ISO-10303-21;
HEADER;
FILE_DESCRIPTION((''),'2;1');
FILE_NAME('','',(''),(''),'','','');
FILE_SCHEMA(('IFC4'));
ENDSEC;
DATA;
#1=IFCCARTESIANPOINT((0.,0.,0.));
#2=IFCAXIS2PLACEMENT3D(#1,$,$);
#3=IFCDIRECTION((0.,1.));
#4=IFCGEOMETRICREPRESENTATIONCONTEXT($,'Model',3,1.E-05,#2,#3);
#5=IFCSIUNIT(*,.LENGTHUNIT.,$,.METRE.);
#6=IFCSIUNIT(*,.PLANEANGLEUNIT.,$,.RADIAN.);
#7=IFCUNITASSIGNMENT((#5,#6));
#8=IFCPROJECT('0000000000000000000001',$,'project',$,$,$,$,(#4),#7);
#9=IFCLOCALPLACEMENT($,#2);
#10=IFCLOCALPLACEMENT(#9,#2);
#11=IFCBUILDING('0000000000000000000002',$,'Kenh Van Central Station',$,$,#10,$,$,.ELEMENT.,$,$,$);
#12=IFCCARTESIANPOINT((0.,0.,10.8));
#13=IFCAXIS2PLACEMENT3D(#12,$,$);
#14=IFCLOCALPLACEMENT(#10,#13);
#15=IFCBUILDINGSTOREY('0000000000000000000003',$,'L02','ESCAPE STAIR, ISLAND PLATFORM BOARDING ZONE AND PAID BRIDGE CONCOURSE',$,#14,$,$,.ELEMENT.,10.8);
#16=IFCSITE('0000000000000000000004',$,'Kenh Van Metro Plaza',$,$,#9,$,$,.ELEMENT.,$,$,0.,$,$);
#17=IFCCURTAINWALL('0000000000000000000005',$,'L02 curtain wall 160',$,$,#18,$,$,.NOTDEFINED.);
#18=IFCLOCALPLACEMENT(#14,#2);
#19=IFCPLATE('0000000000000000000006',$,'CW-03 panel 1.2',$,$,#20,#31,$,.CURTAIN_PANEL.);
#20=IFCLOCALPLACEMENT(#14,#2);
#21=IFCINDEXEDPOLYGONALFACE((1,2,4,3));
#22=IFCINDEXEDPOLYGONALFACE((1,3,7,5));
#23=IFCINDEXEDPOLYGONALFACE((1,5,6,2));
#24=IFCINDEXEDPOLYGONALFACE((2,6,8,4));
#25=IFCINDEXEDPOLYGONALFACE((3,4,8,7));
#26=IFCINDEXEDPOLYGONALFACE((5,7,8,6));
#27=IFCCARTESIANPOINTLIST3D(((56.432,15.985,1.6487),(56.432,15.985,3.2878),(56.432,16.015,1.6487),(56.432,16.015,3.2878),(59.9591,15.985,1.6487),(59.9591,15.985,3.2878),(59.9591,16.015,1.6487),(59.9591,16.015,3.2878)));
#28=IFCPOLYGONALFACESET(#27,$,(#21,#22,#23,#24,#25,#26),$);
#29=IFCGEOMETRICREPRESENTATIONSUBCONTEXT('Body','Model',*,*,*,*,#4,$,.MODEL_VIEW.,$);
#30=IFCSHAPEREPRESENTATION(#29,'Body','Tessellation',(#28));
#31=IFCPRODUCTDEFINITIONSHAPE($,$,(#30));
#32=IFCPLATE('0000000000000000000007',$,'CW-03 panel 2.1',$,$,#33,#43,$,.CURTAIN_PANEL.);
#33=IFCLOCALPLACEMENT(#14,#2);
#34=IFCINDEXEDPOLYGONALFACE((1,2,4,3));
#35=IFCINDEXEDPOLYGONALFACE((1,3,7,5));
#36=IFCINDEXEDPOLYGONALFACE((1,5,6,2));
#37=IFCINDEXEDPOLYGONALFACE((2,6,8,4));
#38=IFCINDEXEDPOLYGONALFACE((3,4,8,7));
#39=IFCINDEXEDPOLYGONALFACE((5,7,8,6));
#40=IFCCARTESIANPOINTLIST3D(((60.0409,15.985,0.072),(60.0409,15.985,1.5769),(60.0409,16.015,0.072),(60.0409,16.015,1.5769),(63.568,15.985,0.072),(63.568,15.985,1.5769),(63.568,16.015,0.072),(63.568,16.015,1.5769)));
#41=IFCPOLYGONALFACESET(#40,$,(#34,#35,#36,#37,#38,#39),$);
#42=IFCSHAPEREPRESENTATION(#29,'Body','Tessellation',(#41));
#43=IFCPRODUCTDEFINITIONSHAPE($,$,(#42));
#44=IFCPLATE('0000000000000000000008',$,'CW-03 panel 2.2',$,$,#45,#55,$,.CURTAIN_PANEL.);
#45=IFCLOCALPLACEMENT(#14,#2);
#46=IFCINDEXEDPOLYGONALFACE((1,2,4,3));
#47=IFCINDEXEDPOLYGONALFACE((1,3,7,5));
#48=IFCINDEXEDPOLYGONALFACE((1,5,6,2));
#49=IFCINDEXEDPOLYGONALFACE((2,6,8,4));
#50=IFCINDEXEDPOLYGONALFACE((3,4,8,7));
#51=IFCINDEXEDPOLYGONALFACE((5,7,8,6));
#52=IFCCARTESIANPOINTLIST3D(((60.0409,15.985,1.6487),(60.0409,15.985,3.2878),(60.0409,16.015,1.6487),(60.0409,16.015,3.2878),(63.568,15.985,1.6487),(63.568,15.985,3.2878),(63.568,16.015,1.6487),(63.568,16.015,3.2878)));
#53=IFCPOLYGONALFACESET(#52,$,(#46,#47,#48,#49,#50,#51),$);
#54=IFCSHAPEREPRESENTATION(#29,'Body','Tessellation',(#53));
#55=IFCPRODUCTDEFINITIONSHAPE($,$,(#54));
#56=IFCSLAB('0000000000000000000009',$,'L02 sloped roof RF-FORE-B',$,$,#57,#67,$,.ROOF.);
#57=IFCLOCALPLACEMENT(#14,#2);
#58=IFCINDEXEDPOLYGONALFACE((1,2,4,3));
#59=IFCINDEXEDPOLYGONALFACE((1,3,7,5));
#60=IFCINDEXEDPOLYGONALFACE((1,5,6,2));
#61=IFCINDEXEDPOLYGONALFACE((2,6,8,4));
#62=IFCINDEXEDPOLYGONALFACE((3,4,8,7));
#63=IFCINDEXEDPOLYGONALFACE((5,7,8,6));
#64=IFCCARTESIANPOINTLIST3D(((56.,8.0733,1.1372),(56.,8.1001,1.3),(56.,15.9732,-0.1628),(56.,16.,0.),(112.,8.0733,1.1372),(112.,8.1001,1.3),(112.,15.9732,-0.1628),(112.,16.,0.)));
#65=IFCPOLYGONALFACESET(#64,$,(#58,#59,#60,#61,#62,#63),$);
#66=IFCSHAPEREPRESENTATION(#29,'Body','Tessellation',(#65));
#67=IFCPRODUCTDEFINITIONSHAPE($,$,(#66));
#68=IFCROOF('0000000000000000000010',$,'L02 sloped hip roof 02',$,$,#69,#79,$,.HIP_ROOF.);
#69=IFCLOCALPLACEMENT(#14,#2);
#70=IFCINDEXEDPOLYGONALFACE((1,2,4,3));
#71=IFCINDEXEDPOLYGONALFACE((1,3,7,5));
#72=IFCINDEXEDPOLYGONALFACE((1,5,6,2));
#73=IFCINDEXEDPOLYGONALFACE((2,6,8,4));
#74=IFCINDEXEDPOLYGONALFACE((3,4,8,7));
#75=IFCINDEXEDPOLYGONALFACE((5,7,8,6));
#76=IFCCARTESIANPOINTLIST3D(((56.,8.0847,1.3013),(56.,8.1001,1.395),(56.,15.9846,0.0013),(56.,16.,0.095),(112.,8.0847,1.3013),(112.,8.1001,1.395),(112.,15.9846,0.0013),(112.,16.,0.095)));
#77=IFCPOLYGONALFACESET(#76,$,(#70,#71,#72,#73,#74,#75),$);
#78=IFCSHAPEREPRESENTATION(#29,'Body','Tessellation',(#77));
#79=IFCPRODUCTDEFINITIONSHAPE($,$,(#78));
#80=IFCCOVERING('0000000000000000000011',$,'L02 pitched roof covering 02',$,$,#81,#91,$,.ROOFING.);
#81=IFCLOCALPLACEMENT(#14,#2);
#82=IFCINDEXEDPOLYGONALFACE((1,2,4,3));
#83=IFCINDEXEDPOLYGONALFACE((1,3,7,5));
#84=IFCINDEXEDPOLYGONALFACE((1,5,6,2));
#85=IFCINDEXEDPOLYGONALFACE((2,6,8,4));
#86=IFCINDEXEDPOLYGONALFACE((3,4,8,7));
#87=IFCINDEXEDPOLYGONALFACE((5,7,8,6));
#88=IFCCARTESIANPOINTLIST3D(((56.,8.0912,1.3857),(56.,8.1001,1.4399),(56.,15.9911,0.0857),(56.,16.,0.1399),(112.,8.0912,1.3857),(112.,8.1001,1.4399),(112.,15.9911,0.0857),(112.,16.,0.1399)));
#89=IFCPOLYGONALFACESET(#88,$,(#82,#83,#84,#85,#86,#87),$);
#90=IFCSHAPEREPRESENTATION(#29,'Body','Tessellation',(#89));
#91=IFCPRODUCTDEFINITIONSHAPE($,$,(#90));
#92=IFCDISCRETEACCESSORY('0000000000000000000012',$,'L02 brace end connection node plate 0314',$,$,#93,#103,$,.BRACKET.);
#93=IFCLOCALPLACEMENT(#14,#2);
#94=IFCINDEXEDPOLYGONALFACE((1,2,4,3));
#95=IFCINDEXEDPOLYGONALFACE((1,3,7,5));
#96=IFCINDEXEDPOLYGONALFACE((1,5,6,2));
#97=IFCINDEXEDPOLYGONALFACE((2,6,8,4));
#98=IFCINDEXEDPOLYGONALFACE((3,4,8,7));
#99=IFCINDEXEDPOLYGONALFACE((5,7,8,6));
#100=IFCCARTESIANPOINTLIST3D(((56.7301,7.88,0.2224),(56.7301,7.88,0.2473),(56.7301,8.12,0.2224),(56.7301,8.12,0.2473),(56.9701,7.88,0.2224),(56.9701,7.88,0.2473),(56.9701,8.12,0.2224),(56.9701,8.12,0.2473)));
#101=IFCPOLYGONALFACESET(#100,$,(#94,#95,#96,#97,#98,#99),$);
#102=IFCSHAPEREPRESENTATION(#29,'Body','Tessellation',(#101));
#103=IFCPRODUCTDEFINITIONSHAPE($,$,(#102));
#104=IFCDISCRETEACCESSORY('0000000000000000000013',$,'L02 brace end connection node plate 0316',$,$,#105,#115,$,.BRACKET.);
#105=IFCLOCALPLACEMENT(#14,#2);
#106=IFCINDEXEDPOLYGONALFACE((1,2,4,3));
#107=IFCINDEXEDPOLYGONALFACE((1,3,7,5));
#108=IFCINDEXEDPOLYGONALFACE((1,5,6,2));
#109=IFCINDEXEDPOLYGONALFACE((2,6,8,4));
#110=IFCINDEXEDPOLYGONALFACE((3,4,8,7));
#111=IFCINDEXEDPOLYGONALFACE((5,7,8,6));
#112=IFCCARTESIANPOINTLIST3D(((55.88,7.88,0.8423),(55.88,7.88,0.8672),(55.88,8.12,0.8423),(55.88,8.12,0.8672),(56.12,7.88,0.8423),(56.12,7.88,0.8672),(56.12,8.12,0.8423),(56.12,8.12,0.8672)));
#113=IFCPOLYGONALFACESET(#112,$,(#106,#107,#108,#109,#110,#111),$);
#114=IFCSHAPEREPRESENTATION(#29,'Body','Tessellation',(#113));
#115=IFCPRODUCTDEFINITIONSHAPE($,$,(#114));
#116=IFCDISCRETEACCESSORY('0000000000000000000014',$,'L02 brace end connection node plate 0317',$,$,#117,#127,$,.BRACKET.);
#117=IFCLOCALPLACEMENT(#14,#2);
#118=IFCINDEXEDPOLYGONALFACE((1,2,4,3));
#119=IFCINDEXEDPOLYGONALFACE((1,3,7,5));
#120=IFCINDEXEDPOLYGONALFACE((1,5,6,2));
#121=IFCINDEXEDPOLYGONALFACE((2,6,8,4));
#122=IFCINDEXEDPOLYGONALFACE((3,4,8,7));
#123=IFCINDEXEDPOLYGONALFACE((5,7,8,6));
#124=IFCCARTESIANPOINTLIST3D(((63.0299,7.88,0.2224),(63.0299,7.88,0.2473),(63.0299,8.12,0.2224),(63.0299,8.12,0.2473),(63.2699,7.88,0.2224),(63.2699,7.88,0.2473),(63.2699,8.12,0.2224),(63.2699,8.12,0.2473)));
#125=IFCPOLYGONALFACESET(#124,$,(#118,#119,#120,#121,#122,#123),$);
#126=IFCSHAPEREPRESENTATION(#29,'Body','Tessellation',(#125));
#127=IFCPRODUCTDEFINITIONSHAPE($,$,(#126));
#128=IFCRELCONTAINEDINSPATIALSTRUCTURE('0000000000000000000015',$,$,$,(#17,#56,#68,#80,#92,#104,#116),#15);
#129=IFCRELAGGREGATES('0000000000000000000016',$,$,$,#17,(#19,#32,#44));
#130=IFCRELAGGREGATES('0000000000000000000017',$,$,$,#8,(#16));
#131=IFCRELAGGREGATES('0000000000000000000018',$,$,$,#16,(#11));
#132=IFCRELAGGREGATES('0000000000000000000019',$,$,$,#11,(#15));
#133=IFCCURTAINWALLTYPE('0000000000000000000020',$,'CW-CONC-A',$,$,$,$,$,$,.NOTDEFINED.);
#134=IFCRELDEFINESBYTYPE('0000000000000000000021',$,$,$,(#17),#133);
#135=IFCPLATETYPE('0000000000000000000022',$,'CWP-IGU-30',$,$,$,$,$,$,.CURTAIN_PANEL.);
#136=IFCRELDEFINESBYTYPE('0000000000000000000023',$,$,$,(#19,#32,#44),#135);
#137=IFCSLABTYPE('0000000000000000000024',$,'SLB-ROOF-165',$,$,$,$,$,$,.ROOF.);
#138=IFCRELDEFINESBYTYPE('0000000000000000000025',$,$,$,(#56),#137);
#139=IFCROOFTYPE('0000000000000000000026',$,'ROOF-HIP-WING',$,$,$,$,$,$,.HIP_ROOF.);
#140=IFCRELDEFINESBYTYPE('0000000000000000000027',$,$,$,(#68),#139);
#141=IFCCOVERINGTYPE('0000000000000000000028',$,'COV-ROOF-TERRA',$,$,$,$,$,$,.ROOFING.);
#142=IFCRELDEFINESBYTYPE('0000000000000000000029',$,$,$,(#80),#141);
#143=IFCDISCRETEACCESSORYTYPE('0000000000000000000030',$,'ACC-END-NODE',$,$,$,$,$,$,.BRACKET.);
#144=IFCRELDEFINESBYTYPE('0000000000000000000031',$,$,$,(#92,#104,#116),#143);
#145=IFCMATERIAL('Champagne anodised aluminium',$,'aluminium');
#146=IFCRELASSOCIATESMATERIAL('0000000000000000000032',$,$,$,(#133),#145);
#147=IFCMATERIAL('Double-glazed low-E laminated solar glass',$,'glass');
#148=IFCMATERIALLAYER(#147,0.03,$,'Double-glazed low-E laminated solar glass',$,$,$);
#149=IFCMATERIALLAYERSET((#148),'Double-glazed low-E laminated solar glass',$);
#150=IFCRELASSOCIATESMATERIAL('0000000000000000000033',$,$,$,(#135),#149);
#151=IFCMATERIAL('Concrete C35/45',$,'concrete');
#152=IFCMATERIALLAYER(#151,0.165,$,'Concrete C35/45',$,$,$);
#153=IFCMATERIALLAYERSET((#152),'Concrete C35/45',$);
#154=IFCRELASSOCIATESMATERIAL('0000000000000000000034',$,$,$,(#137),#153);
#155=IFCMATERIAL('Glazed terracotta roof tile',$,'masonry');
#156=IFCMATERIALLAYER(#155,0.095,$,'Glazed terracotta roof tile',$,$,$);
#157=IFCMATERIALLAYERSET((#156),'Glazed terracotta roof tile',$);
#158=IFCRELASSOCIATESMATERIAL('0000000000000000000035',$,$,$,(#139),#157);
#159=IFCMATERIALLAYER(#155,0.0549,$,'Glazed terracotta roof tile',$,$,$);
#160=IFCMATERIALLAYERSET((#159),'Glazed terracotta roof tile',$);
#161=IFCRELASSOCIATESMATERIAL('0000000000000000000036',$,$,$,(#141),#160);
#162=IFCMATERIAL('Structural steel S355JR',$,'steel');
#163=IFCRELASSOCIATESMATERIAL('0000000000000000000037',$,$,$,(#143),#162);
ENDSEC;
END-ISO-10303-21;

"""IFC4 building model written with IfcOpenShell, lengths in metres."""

from ifc_helpers import new_model, si_unit, direction, frame, origin, origin_2d, place, context, subcontext, project, spatial, polyline, rectangle, outline, extrude, material, layer, layer_set, type_object, element, aggregate, save


model = new_model("IFC4")

# Units and contexts
model_context = context("Model", 3, precision=1e-05, world=origin(), true_north=direction((0.0, 1.0)))
body_context = subcontext(model_context, "Body", "Model", "MODEL_VIEW")
ifc_project = project(units=[si_unit("LENGTHUNIT", "METRE"), si_unit("PLANEANGLEUNIT", "RADIAN")], contexts=[model_context])

# Site, building, storey
site_placement = place(None, origin())
site = spatial("IfcSite", under=ifc_project, at=site_placement, Name="Kenh Van Metro Plaza", CompositionType="ELEMENT", RefElevation=0.0)
building_placement = place(site_placement, origin())
building = spatial("IfcBuilding", under=site, at=building_placement, Name="Kenh Van Central Station", CompositionType="ELEMENT")
storey_placement = place(building_placement, frame((0.0, 0.0, 10.8)))
storey = spatial("IfcBuildingStorey", under=building, at=storey_placement, Name="L02", Description="ESCAPE STAIR, ISLAND PLATFORM BOARDING ZONE AND PAID BRIDGE CONCOURSE", CompositionType="ELEMENT", Elevation=10.8)

# Curtain wall
ifc_material_1 = material(Name="Champagne anodised aluminium", Category="aluminium")
curtain_wall_type = type_object("IfcCurtainWallType", Name="CW-CONC-A", PredefinedType="NOTDEFINED", material=ifc_material_1)
curtain_wall_placement = place(storey_placement, origin())
curtain_wall = element("IfcCurtainWall", 1, at=curtain_wall_placement, inside=storey, type_object=curtain_wall_type, Name="L02 curtain wall 160", PredefinedType="NOTDEFINED")

# Shared definitions
ifc_material_2 = material(Name="Concrete C35/45", Category="concrete")

# Plates
ifc_material_3 = material(Name="Double-glazed low-E laminated solar glass", Category="glass")
ifc_layer_1 = layer(ifc_material_3, 0.03, Name="Double-glazed low-E laminated solar glass")
ifc_layer_set_1 = layer_set([ifc_layer_1], Name="Double-glazed low-E laminated solar glass")
plate_type = type_object("IfcPlateType", Name="CWP-IGU-30", PredefinedType="CURTAIN_PANEL", material=ifc_layer_set_1)
plate_1_placement = place(storey_placement, frame((58.1956, 16.0, 1.6487), z_axis=(0.0, 0.0, 1.0), x_axis=(1.0, 0.0, 0.0)))
plate_1 = element("IfcPlate", 2, at=plate_1_placement, type_object=plate_type, Name="CW-03 panel 1.2", PredefinedType="CURTAIN_PANEL", context=body_context, shape_type="SweptSolid", body=[
    extrude(rectangle(XDim=3.5271, YDim=0.03, at=origin_2d()), origin(), (0.0, 0.0, 1.0), 1.6392),
])
plate_2_placement = place(storey_placement, frame((61.8044, 16.0, 0.072), z_axis=(0.0, 0.0, 1.0), x_axis=(1.0, 0.0, 0.0)))
plate_2 = element("IfcPlate", 3, at=plate_2_placement, type_object=plate_type, Name="CW-03 panel 2.1", PredefinedType="CURTAIN_PANEL", context=body_context, shape_type="SweptSolid", body=[
    extrude(rectangle(XDim=3.5271, YDim=0.03, at=origin_2d()), origin(), (0.0, 0.0, 1.0), 1.5049),
])
plate_3_placement = place(storey_placement, frame((61.8044, 16.0, 1.6487), z_axis=(0.0, 0.0, 1.0), x_axis=(1.0, 0.0, 0.0)))
plate_3 = element("IfcPlate", 4, at=plate_3_placement, type_object=plate_type, Name="CW-03 panel 2.2", PredefinedType="CURTAIN_PANEL", context=body_context, shape_type="SweptSolid", body=[
    extrude(rectangle(XDim=3.5271, YDim=0.03, at=origin_2d()), origin(), (0.0, 0.0, 1.0), 1.6392),
])
aggregate(curtain_wall, [plate_1, plate_2, plate_3])

# Slab
ifc_layer_2 = layer(ifc_material_2, 0.165, Name="Concrete C35/45")
ifc_layer_set_2 = layer_set([ifc_layer_2], Name="Concrete C35/45")
slab_type = type_object("IfcSlabType", Name="SLB-ROOF-165", PredefinedType="ROOF", material=ifc_layer_set_2)
slab_placement = place(storey_placement, frame((56.0, 8.1001, 1.3), z_axis=(0.0, 0.162381, 0.986728), x_axis=(1.0, 0.0, 0.0)))
element("IfcSlab", 5, at=slab_placement, inside=storey, type_object=slab_type, Name="L02 sloped roof RF-FORE-B", PredefinedType="ROOF", context=body_context, shape_type="SweptSolid", body=[
    extrude(outline(polyline([(0.0, 0.0), (56.0, 0.0), (56.0, 8.0062), (0.0, 8.0062), (0.0, 0.0)])), origin(), (0.0, 0.0, -1.0), 0.165),
])

# Roof
ifc_material_4 = material(Name="Glazed terracotta roof tile", Category="masonry")
ifc_layer_3 = layer(ifc_material_4, 0.095, Name="Glazed terracotta roof tile")
ifc_layer_set_3 = layer_set([ifc_layer_3], Name="Glazed terracotta roof tile")
roof_type = type_object("IfcRoofType", Name="ROOF-HIP-WING", PredefinedType="HIP_ROOF", material=ifc_layer_set_3)
roof_placement = place(storey_placement, frame((56.0, 8.1001, 1.395), z_axis=(0.0, 0.162381, 0.986728), x_axis=(1.0, 0.0, 0.0)))
element("IfcRoof", 6, at=roof_placement, inside=storey, type_object=roof_type, Name="L02 sloped hip roof 02", PredefinedType="HIP_ROOF", context=body_context, shape_type="SweptSolid", body=[
    extrude(outline(polyline([(0.0, 0.0), (56.0, 0.0), (56.0, 8.0062), (0.0, 8.0062), (0.0, 0.0)])), origin(), (0.0, 0.0, -1.0), 0.095),
])

# Covering
ifc_layer_4 = layer(ifc_material_4, 0.0549, Name="Glazed terracotta roof tile")
ifc_layer_set_4 = layer_set([ifc_layer_4], Name="Glazed terracotta roof tile")
covering_type = type_object("IfcCoveringType", Name="COV-ROOF-TERRA", PredefinedType="ROOFING", material=ifc_layer_set_4)
covering_placement = place(storey_placement, frame((56.0, 8.1001, 1.4399), z_axis=(0.0, 0.162381, 0.986728), x_axis=(1.0, 0.0, 0.0)))
element("IfcCovering", 7, at=covering_placement, inside=storey, type_object=covering_type, Name="L02 pitched roof covering 02", PredefinedType="ROOFING", context=body_context, shape_type="SweptSolid", body=[
    extrude(outline(polyline([(0.0, 0.0), (56.0, 0.0), (56.0, 8.0062), (0.0, 8.0062), (0.0, 0.0)])), origin(), (0.0, 0.0, -1.0), 0.0549),
])

# Discrete accessories
ifc_material_5 = material(Name="Structural steel S355JR", Category="steel")
discrete_accessory_type = type_object("IfcDiscreteAccessoryType", Name="ACC-END-NODE", PredefinedType="BRACKET", material=ifc_material_5)
for number, where, z_axis, x_axis, name in (
    (8, (56.8501, 8.0, 0.2224), (0.0, 0.0, 1.0), (1.0, 0.0, 0.0), "L02 brace end connection node plate 0314"),
    (9, (56.0, 8.0, 0.8423), (0.0, 0.0, 1.0), (1.0, 0.0, 0.0), "L02 brace end connection node plate 0316"),
    (10, (63.1499, 8.0, 0.2224), (0.0, 0.0, 1.0), (1.0, 0.0, 0.0), "L02 brace end connection node plate 0317"),
):
    element("IfcDiscreteAccessory", number, at=place(storey_placement, frame(where, z_axis=z_axis, x_axis=x_axis)), inside=storey, type_object=discrete_accessory_type, Name=name, PredefinedType="BRACKET", context=body_context, shape_type="SweptSolid", body=[
        extrude(rectangle(XDim=0.24, YDim=0.24, at=origin_2d()), origin(), (0.0, 0.0, 1.0), 0.0249),
    ])

save(model, "model.ifc")
